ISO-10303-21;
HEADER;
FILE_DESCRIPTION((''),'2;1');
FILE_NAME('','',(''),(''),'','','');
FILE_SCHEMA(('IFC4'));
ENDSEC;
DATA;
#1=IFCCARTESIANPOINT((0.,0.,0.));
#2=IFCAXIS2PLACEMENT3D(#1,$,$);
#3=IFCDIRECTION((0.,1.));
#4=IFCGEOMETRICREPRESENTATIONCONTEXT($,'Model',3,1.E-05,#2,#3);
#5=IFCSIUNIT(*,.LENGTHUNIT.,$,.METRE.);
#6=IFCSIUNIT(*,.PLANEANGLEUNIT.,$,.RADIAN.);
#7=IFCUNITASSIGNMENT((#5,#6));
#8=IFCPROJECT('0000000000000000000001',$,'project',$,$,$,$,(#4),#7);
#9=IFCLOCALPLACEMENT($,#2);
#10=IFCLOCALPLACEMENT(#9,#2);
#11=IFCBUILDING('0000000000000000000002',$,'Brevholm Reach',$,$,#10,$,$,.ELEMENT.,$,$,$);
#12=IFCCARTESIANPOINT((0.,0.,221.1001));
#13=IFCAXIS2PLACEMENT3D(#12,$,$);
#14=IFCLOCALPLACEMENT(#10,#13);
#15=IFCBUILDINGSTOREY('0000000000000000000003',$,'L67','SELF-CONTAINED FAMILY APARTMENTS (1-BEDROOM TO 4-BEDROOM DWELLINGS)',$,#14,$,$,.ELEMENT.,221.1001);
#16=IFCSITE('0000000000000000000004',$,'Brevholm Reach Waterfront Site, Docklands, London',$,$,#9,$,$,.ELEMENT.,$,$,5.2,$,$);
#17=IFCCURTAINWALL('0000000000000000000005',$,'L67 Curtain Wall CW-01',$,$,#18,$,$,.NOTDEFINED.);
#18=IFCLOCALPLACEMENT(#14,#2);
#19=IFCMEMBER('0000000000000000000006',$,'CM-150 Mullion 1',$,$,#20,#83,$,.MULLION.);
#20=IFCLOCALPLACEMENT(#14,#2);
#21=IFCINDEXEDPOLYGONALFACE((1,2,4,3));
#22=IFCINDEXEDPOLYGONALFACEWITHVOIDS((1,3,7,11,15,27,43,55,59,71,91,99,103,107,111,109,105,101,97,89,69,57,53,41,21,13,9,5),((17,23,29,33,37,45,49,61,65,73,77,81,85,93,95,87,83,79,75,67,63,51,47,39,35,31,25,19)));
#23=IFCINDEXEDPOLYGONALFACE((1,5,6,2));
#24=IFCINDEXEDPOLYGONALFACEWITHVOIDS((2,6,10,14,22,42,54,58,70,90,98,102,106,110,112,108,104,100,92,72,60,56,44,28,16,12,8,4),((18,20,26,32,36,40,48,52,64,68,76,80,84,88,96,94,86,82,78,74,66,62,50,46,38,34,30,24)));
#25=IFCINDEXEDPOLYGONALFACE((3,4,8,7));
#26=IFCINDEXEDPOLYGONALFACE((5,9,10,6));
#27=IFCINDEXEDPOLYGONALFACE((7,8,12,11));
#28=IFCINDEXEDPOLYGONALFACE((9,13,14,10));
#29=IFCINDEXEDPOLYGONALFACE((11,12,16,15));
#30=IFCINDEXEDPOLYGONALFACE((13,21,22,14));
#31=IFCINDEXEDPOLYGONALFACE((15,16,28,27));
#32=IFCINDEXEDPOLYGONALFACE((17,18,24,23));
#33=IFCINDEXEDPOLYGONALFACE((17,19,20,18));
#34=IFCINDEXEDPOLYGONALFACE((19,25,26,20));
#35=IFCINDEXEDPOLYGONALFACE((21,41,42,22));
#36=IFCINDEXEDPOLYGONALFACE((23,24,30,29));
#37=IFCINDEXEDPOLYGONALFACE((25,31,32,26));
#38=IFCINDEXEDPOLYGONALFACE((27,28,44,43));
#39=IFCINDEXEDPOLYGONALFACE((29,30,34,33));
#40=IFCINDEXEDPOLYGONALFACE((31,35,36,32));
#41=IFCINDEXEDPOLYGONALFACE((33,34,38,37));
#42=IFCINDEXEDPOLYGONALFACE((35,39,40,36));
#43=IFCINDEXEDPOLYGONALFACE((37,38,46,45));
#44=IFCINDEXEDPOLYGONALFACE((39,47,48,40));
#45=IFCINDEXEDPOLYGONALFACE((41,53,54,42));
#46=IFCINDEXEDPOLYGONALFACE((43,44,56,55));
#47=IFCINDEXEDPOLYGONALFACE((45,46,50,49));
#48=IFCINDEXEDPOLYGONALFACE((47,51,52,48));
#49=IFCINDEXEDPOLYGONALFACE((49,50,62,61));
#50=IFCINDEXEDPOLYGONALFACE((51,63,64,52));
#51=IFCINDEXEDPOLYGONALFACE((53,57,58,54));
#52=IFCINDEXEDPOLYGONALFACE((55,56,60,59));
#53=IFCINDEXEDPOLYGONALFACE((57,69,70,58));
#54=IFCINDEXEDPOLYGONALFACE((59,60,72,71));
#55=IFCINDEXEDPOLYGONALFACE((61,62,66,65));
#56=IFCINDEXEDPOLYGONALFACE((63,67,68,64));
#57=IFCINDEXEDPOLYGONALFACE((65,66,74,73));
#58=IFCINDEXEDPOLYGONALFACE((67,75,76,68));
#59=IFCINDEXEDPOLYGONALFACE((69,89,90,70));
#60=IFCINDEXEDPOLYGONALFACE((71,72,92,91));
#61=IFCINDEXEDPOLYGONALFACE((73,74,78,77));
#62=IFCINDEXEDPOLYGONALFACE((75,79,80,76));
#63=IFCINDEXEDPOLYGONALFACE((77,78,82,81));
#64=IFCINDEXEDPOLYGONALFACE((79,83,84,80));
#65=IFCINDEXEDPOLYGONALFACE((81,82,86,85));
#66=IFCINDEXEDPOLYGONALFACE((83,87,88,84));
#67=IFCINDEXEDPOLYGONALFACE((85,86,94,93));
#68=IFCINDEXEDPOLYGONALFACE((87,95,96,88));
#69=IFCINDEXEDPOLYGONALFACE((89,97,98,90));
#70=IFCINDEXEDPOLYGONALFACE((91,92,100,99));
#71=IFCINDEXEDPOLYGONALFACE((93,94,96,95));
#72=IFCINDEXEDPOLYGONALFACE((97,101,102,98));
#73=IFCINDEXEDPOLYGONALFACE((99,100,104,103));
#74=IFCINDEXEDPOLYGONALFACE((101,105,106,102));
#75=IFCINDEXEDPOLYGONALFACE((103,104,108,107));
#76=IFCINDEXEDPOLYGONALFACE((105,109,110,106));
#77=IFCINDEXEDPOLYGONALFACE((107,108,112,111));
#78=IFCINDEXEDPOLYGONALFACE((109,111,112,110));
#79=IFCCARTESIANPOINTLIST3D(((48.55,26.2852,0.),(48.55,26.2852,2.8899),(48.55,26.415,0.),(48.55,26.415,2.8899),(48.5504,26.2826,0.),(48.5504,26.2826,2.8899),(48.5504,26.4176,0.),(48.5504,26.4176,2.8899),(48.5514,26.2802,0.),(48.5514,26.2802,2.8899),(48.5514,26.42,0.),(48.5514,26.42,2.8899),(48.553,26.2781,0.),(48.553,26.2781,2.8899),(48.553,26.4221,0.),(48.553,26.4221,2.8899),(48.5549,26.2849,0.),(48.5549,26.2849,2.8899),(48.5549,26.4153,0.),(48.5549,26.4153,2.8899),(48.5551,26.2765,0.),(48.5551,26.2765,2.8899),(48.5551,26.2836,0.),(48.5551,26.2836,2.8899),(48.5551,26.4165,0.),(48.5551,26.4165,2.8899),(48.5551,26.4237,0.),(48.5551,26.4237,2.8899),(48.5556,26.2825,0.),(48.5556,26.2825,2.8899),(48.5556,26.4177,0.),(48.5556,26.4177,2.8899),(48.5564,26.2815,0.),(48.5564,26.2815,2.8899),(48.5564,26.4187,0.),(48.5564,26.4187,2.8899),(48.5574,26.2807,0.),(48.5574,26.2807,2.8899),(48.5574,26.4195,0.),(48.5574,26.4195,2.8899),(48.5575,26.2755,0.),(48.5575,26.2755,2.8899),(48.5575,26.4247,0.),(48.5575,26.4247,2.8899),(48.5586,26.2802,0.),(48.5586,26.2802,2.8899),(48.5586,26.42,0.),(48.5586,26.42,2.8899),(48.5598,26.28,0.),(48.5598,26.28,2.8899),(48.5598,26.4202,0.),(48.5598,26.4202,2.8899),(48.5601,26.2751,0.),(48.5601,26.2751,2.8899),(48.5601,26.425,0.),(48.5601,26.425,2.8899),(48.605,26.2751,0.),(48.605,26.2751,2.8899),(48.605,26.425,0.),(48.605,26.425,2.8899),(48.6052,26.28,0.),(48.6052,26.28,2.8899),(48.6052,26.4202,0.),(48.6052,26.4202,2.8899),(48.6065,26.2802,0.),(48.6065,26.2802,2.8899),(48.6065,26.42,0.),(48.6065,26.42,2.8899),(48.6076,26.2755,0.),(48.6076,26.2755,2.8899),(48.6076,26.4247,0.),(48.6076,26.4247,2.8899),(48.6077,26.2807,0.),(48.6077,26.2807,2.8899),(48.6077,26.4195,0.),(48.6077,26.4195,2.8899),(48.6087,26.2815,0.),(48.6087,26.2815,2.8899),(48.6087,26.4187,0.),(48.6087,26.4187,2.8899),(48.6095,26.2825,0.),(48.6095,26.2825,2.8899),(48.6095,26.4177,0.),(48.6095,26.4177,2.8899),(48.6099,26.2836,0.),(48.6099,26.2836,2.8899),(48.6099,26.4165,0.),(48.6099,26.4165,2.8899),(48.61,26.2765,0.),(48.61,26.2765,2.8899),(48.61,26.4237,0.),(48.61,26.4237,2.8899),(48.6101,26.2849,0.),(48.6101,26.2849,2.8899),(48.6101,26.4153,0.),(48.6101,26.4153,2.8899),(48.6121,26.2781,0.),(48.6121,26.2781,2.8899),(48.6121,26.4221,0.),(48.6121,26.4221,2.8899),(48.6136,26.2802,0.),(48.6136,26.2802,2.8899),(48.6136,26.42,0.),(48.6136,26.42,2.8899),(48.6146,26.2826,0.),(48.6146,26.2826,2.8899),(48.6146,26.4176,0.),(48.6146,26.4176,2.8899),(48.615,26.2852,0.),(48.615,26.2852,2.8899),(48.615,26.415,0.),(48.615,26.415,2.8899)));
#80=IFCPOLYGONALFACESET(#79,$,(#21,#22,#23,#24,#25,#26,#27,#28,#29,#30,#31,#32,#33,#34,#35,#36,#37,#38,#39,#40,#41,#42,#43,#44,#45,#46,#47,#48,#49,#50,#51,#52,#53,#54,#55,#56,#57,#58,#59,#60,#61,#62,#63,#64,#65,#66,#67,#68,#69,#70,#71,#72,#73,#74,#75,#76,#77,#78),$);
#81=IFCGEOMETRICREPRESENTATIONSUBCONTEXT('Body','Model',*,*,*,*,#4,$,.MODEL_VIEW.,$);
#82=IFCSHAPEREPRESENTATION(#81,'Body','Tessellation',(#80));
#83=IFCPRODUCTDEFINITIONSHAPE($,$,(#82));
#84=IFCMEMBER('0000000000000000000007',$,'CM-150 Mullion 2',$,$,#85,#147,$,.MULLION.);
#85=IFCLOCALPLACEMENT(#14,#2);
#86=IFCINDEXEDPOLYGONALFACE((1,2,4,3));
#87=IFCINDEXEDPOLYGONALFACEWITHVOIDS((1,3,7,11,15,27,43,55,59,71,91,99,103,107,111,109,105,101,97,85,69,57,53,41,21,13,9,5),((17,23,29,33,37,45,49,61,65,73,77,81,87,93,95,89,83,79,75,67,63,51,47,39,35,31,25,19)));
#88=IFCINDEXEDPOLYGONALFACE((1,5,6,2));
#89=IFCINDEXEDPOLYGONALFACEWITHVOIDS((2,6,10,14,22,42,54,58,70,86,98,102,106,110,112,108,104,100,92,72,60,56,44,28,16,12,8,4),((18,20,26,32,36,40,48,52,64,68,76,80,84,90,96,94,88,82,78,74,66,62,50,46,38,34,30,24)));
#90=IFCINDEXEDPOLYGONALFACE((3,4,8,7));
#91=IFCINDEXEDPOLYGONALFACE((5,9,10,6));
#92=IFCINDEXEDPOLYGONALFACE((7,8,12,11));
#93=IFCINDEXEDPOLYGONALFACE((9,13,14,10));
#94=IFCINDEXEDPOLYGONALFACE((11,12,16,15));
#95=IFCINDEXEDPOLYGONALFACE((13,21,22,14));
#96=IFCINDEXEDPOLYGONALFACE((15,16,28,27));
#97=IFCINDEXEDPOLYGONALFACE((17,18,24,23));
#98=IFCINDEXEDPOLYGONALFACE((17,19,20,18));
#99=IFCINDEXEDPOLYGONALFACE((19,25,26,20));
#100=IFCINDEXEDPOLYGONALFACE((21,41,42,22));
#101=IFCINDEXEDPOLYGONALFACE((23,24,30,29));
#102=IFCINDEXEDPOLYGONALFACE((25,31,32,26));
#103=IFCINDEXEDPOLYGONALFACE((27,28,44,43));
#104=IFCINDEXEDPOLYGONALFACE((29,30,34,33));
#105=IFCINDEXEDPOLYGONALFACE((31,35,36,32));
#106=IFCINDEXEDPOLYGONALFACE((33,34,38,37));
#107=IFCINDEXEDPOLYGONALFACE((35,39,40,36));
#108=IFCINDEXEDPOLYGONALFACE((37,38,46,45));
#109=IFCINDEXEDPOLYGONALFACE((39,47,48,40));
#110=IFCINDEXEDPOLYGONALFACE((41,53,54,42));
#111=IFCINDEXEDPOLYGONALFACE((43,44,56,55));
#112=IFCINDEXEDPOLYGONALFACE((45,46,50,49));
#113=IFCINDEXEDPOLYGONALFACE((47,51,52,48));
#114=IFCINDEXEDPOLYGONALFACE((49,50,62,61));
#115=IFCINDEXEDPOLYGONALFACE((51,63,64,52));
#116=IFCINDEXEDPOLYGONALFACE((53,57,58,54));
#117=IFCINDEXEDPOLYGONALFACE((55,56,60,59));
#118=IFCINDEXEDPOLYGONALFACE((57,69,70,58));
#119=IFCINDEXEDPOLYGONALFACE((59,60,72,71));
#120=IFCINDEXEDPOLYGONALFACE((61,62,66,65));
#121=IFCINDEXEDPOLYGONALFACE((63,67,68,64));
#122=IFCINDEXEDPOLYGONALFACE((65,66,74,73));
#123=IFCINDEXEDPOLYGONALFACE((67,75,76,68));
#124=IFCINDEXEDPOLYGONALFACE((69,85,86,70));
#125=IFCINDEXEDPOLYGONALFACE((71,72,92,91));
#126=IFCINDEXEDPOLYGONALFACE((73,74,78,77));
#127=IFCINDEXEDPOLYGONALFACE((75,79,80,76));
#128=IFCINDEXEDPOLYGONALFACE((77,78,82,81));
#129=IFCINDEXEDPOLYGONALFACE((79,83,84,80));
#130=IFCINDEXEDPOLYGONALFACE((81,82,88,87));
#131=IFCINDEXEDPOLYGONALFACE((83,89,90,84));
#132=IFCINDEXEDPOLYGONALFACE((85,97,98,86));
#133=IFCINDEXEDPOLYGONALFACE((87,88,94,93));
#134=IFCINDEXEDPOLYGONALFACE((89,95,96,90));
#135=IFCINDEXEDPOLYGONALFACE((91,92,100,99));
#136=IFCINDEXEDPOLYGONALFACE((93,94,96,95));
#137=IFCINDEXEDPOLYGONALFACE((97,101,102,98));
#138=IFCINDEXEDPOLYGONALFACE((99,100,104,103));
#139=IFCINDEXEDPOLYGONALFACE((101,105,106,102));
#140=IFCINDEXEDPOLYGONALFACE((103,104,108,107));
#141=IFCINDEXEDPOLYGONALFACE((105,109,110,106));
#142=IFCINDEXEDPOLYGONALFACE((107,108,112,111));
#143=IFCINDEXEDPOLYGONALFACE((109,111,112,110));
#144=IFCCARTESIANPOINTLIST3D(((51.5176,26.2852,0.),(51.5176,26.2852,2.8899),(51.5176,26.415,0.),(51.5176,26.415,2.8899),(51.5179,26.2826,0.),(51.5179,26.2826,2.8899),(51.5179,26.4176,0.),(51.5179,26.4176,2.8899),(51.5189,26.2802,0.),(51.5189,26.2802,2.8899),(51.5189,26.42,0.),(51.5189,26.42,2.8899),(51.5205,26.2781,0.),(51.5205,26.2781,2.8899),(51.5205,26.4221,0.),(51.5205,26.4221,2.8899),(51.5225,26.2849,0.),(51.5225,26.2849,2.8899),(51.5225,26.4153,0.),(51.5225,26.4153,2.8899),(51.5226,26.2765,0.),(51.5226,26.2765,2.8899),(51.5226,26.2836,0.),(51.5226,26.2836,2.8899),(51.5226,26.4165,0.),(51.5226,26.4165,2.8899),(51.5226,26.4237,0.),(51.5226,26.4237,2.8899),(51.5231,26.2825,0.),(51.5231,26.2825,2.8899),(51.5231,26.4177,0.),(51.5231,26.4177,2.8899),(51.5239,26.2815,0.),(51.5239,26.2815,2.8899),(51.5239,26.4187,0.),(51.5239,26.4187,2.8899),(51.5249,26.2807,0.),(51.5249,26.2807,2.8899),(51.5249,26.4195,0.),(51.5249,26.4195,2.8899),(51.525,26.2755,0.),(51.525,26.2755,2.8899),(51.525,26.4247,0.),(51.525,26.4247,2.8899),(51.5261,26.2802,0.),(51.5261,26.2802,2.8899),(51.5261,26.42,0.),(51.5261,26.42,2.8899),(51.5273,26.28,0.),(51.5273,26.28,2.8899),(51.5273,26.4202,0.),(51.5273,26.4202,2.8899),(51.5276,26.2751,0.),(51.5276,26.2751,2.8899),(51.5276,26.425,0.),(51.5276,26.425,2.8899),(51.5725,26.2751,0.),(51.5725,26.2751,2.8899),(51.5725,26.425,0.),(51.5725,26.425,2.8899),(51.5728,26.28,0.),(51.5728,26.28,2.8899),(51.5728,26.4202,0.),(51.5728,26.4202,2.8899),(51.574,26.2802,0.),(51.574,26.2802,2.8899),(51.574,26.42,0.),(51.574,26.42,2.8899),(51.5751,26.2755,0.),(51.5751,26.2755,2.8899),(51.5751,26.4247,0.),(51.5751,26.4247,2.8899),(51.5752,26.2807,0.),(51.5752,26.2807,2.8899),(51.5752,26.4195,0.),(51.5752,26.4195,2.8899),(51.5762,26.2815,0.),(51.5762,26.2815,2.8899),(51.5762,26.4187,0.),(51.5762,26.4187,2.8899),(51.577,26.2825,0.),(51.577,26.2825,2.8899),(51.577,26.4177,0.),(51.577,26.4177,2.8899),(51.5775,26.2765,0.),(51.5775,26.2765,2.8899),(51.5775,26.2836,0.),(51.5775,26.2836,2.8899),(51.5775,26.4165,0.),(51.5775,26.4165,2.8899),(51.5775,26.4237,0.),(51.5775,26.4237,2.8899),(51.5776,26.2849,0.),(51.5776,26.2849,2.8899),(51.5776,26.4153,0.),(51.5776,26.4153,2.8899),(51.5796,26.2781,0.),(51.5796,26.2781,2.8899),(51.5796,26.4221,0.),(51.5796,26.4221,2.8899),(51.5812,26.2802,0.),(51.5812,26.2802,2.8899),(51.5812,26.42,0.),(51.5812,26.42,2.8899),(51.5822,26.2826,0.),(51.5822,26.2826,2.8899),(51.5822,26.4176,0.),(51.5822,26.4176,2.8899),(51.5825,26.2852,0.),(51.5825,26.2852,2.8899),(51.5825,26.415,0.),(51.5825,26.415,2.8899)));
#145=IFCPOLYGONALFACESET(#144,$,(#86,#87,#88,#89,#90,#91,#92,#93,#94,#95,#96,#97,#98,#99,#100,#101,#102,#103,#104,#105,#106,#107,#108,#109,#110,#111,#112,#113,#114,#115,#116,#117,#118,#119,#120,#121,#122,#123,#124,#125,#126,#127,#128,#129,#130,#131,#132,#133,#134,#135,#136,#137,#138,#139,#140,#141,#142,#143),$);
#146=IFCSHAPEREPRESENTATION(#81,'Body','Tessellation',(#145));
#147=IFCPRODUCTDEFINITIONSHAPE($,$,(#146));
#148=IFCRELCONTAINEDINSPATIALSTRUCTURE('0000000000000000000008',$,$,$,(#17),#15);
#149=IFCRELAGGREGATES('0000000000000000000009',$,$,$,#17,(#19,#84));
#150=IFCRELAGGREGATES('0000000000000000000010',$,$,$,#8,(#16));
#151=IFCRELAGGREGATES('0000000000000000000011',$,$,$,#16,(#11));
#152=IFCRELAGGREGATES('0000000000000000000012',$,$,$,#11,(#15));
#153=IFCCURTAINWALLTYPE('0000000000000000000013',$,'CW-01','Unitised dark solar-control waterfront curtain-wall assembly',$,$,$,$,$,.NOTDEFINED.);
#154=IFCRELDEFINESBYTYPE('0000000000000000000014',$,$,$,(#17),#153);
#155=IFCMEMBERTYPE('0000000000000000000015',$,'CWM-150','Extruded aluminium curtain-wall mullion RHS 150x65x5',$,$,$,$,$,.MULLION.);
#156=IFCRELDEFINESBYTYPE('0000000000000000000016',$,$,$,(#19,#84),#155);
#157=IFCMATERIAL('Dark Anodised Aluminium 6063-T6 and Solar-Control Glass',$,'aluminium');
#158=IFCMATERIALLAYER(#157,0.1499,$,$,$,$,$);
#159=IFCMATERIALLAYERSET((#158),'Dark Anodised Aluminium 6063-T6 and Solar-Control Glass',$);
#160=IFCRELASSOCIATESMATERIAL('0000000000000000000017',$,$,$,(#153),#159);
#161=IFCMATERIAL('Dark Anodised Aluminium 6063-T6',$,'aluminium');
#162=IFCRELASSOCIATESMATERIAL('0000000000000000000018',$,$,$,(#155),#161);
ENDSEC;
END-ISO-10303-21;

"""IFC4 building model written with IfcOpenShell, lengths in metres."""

from ifc_helpers import new_model, si_unit, direction, frame, origin, origin_2d, place, context, subcontext, project, spatial, hollow_rectangle, extrude, material, layer, layer_set, material_profile, profile_set, type_object, element, aggregate, save


model = new_model("IFC4")

# Units and contexts
model_context = context("Model", 3, precision=1e-05, world=origin(), true_north=direction((0.0, 1.0)))
body_context = subcontext(model_context, "Body", "Model", "MODEL_VIEW")
ifc_project = project(units=[si_unit("LENGTHUNIT", "METRE"), si_unit("PLANEANGLEUNIT", "RADIAN")], contexts=[model_context])

# Site, building, storey
site_placement = place(None, origin())
site = spatial("IfcSite", under=ifc_project, at=site_placement, Name="Brevholm Reach Waterfront Site, Docklands, London", CompositionType="ELEMENT", RefElevation=5.2)
building_placement = place(site_placement, origin())
building = spatial("IfcBuilding", under=site, at=building_placement, Name="Brevholm Reach", CompositionType="ELEMENT")
storey_placement = place(building_placement, frame((0.0, 0.0, 221.1001)))
storey = spatial("IfcBuildingStorey", under=building, at=storey_placement, Name="L67", Description="SELF-CONTAINED FAMILY APARTMENTS (1-BEDROOM TO 4-BEDROOM DWELLINGS)", CompositionType="ELEMENT", Elevation=221.1001)

# Curtain wall, members
ifc_material_1 = material(Name="Dark Anodised Aluminium 6063-T6 and Solar-Control Glass", Category="aluminium")
ifc_layer_1 = layer(ifc_material_1, 0.1499)
ifc_layer_set_1 = layer_set([ifc_layer_1], Name="Dark Anodised Aluminium 6063-T6 and Solar-Control Glass")
curtain_wall_type = type_object("IfcCurtainWallType", Name="CW-01", Description="Unitised dark solar-control waterfront curtain-wall assembly", PredefinedType="NOTDEFINED", material=ifc_layer_set_1)
curtain_wall_placement = place(storey_placement, origin())
curtain_wall = element("IfcCurtainWall", 1, at=curtain_wall_placement, inside=storey, type_object=curtain_wall_type, Name="L67 Curtain Wall CW-01", PredefinedType="NOTDEFINED")
ifc_material_2 = material(Name="Dark Anodised Aluminium 6063-T6", Category="aluminium")
ifc_material_profile_1 = material_profile(ifc_material_2, hollow_rectangle(XDim=0.0649, YDim=0.1499, WallThickness=0.0049, InnerFilletRadius=0.0049, OuterFilletRadius=0.01, at=origin_2d()), Name="RHS 150x65x5")
ifc_profile_set_1 = profile_set([ifc_material_profile_1], Name="Dark Anodised Aluminium 6063-T6")
member_type_1 = type_object("IfcMemberType", Name="CWM-150", Description="Extruded aluminium curtain-wall mullion RHS 150x65x5", PredefinedType="MULLION", material=ifc_profile_set_1)
member_1_placement = place(storey_placement, frame((48.5825, 26.3501, 0.0), z_axis=(0.0, 0.0, 1.0), x_axis=(1.0, 0.0, 0.0)))
member_1 = element("IfcMember", 2, at=member_1_placement, type_object=member_type_1, Name="CM-150 Mullion 1", PredefinedType="MULLION", context=body_context, shape_type="SweptSolid", body=[
    extrude(hollow_rectangle(XDim=0.0649, YDim=0.1499, WallThickness=0.0049, InnerFilletRadius=0.0049, OuterFilletRadius=0.01, at=origin_2d()), origin(), (0.0, 0.0, 1.0), 2.8899),
])
member_2_placement = place(storey_placement, frame((51.55, 26.3501, 0.0), z_axis=(0.0, 0.0, 1.0), x_axis=(1.0, 0.0, 0.0)))
member_2 = element("IfcMember", 3, at=member_2_placement, type_object=member_type_1, Name="CM-150 Mullion 2", PredefinedType="MULLION", context=body_context, shape_type="SweptSolid", body=[
    extrude(hollow_rectangle(XDim=0.0649, YDim=0.1499, WallThickness=0.0049, InnerFilletRadius=0.0049, OuterFilletRadius=0.01, at=origin_2d()), origin(), (0.0, 0.0, 1.0), 2.8899),
])
aggregate(curtain_wall, [member_1, member_2])

save(model, "model.ifc")
